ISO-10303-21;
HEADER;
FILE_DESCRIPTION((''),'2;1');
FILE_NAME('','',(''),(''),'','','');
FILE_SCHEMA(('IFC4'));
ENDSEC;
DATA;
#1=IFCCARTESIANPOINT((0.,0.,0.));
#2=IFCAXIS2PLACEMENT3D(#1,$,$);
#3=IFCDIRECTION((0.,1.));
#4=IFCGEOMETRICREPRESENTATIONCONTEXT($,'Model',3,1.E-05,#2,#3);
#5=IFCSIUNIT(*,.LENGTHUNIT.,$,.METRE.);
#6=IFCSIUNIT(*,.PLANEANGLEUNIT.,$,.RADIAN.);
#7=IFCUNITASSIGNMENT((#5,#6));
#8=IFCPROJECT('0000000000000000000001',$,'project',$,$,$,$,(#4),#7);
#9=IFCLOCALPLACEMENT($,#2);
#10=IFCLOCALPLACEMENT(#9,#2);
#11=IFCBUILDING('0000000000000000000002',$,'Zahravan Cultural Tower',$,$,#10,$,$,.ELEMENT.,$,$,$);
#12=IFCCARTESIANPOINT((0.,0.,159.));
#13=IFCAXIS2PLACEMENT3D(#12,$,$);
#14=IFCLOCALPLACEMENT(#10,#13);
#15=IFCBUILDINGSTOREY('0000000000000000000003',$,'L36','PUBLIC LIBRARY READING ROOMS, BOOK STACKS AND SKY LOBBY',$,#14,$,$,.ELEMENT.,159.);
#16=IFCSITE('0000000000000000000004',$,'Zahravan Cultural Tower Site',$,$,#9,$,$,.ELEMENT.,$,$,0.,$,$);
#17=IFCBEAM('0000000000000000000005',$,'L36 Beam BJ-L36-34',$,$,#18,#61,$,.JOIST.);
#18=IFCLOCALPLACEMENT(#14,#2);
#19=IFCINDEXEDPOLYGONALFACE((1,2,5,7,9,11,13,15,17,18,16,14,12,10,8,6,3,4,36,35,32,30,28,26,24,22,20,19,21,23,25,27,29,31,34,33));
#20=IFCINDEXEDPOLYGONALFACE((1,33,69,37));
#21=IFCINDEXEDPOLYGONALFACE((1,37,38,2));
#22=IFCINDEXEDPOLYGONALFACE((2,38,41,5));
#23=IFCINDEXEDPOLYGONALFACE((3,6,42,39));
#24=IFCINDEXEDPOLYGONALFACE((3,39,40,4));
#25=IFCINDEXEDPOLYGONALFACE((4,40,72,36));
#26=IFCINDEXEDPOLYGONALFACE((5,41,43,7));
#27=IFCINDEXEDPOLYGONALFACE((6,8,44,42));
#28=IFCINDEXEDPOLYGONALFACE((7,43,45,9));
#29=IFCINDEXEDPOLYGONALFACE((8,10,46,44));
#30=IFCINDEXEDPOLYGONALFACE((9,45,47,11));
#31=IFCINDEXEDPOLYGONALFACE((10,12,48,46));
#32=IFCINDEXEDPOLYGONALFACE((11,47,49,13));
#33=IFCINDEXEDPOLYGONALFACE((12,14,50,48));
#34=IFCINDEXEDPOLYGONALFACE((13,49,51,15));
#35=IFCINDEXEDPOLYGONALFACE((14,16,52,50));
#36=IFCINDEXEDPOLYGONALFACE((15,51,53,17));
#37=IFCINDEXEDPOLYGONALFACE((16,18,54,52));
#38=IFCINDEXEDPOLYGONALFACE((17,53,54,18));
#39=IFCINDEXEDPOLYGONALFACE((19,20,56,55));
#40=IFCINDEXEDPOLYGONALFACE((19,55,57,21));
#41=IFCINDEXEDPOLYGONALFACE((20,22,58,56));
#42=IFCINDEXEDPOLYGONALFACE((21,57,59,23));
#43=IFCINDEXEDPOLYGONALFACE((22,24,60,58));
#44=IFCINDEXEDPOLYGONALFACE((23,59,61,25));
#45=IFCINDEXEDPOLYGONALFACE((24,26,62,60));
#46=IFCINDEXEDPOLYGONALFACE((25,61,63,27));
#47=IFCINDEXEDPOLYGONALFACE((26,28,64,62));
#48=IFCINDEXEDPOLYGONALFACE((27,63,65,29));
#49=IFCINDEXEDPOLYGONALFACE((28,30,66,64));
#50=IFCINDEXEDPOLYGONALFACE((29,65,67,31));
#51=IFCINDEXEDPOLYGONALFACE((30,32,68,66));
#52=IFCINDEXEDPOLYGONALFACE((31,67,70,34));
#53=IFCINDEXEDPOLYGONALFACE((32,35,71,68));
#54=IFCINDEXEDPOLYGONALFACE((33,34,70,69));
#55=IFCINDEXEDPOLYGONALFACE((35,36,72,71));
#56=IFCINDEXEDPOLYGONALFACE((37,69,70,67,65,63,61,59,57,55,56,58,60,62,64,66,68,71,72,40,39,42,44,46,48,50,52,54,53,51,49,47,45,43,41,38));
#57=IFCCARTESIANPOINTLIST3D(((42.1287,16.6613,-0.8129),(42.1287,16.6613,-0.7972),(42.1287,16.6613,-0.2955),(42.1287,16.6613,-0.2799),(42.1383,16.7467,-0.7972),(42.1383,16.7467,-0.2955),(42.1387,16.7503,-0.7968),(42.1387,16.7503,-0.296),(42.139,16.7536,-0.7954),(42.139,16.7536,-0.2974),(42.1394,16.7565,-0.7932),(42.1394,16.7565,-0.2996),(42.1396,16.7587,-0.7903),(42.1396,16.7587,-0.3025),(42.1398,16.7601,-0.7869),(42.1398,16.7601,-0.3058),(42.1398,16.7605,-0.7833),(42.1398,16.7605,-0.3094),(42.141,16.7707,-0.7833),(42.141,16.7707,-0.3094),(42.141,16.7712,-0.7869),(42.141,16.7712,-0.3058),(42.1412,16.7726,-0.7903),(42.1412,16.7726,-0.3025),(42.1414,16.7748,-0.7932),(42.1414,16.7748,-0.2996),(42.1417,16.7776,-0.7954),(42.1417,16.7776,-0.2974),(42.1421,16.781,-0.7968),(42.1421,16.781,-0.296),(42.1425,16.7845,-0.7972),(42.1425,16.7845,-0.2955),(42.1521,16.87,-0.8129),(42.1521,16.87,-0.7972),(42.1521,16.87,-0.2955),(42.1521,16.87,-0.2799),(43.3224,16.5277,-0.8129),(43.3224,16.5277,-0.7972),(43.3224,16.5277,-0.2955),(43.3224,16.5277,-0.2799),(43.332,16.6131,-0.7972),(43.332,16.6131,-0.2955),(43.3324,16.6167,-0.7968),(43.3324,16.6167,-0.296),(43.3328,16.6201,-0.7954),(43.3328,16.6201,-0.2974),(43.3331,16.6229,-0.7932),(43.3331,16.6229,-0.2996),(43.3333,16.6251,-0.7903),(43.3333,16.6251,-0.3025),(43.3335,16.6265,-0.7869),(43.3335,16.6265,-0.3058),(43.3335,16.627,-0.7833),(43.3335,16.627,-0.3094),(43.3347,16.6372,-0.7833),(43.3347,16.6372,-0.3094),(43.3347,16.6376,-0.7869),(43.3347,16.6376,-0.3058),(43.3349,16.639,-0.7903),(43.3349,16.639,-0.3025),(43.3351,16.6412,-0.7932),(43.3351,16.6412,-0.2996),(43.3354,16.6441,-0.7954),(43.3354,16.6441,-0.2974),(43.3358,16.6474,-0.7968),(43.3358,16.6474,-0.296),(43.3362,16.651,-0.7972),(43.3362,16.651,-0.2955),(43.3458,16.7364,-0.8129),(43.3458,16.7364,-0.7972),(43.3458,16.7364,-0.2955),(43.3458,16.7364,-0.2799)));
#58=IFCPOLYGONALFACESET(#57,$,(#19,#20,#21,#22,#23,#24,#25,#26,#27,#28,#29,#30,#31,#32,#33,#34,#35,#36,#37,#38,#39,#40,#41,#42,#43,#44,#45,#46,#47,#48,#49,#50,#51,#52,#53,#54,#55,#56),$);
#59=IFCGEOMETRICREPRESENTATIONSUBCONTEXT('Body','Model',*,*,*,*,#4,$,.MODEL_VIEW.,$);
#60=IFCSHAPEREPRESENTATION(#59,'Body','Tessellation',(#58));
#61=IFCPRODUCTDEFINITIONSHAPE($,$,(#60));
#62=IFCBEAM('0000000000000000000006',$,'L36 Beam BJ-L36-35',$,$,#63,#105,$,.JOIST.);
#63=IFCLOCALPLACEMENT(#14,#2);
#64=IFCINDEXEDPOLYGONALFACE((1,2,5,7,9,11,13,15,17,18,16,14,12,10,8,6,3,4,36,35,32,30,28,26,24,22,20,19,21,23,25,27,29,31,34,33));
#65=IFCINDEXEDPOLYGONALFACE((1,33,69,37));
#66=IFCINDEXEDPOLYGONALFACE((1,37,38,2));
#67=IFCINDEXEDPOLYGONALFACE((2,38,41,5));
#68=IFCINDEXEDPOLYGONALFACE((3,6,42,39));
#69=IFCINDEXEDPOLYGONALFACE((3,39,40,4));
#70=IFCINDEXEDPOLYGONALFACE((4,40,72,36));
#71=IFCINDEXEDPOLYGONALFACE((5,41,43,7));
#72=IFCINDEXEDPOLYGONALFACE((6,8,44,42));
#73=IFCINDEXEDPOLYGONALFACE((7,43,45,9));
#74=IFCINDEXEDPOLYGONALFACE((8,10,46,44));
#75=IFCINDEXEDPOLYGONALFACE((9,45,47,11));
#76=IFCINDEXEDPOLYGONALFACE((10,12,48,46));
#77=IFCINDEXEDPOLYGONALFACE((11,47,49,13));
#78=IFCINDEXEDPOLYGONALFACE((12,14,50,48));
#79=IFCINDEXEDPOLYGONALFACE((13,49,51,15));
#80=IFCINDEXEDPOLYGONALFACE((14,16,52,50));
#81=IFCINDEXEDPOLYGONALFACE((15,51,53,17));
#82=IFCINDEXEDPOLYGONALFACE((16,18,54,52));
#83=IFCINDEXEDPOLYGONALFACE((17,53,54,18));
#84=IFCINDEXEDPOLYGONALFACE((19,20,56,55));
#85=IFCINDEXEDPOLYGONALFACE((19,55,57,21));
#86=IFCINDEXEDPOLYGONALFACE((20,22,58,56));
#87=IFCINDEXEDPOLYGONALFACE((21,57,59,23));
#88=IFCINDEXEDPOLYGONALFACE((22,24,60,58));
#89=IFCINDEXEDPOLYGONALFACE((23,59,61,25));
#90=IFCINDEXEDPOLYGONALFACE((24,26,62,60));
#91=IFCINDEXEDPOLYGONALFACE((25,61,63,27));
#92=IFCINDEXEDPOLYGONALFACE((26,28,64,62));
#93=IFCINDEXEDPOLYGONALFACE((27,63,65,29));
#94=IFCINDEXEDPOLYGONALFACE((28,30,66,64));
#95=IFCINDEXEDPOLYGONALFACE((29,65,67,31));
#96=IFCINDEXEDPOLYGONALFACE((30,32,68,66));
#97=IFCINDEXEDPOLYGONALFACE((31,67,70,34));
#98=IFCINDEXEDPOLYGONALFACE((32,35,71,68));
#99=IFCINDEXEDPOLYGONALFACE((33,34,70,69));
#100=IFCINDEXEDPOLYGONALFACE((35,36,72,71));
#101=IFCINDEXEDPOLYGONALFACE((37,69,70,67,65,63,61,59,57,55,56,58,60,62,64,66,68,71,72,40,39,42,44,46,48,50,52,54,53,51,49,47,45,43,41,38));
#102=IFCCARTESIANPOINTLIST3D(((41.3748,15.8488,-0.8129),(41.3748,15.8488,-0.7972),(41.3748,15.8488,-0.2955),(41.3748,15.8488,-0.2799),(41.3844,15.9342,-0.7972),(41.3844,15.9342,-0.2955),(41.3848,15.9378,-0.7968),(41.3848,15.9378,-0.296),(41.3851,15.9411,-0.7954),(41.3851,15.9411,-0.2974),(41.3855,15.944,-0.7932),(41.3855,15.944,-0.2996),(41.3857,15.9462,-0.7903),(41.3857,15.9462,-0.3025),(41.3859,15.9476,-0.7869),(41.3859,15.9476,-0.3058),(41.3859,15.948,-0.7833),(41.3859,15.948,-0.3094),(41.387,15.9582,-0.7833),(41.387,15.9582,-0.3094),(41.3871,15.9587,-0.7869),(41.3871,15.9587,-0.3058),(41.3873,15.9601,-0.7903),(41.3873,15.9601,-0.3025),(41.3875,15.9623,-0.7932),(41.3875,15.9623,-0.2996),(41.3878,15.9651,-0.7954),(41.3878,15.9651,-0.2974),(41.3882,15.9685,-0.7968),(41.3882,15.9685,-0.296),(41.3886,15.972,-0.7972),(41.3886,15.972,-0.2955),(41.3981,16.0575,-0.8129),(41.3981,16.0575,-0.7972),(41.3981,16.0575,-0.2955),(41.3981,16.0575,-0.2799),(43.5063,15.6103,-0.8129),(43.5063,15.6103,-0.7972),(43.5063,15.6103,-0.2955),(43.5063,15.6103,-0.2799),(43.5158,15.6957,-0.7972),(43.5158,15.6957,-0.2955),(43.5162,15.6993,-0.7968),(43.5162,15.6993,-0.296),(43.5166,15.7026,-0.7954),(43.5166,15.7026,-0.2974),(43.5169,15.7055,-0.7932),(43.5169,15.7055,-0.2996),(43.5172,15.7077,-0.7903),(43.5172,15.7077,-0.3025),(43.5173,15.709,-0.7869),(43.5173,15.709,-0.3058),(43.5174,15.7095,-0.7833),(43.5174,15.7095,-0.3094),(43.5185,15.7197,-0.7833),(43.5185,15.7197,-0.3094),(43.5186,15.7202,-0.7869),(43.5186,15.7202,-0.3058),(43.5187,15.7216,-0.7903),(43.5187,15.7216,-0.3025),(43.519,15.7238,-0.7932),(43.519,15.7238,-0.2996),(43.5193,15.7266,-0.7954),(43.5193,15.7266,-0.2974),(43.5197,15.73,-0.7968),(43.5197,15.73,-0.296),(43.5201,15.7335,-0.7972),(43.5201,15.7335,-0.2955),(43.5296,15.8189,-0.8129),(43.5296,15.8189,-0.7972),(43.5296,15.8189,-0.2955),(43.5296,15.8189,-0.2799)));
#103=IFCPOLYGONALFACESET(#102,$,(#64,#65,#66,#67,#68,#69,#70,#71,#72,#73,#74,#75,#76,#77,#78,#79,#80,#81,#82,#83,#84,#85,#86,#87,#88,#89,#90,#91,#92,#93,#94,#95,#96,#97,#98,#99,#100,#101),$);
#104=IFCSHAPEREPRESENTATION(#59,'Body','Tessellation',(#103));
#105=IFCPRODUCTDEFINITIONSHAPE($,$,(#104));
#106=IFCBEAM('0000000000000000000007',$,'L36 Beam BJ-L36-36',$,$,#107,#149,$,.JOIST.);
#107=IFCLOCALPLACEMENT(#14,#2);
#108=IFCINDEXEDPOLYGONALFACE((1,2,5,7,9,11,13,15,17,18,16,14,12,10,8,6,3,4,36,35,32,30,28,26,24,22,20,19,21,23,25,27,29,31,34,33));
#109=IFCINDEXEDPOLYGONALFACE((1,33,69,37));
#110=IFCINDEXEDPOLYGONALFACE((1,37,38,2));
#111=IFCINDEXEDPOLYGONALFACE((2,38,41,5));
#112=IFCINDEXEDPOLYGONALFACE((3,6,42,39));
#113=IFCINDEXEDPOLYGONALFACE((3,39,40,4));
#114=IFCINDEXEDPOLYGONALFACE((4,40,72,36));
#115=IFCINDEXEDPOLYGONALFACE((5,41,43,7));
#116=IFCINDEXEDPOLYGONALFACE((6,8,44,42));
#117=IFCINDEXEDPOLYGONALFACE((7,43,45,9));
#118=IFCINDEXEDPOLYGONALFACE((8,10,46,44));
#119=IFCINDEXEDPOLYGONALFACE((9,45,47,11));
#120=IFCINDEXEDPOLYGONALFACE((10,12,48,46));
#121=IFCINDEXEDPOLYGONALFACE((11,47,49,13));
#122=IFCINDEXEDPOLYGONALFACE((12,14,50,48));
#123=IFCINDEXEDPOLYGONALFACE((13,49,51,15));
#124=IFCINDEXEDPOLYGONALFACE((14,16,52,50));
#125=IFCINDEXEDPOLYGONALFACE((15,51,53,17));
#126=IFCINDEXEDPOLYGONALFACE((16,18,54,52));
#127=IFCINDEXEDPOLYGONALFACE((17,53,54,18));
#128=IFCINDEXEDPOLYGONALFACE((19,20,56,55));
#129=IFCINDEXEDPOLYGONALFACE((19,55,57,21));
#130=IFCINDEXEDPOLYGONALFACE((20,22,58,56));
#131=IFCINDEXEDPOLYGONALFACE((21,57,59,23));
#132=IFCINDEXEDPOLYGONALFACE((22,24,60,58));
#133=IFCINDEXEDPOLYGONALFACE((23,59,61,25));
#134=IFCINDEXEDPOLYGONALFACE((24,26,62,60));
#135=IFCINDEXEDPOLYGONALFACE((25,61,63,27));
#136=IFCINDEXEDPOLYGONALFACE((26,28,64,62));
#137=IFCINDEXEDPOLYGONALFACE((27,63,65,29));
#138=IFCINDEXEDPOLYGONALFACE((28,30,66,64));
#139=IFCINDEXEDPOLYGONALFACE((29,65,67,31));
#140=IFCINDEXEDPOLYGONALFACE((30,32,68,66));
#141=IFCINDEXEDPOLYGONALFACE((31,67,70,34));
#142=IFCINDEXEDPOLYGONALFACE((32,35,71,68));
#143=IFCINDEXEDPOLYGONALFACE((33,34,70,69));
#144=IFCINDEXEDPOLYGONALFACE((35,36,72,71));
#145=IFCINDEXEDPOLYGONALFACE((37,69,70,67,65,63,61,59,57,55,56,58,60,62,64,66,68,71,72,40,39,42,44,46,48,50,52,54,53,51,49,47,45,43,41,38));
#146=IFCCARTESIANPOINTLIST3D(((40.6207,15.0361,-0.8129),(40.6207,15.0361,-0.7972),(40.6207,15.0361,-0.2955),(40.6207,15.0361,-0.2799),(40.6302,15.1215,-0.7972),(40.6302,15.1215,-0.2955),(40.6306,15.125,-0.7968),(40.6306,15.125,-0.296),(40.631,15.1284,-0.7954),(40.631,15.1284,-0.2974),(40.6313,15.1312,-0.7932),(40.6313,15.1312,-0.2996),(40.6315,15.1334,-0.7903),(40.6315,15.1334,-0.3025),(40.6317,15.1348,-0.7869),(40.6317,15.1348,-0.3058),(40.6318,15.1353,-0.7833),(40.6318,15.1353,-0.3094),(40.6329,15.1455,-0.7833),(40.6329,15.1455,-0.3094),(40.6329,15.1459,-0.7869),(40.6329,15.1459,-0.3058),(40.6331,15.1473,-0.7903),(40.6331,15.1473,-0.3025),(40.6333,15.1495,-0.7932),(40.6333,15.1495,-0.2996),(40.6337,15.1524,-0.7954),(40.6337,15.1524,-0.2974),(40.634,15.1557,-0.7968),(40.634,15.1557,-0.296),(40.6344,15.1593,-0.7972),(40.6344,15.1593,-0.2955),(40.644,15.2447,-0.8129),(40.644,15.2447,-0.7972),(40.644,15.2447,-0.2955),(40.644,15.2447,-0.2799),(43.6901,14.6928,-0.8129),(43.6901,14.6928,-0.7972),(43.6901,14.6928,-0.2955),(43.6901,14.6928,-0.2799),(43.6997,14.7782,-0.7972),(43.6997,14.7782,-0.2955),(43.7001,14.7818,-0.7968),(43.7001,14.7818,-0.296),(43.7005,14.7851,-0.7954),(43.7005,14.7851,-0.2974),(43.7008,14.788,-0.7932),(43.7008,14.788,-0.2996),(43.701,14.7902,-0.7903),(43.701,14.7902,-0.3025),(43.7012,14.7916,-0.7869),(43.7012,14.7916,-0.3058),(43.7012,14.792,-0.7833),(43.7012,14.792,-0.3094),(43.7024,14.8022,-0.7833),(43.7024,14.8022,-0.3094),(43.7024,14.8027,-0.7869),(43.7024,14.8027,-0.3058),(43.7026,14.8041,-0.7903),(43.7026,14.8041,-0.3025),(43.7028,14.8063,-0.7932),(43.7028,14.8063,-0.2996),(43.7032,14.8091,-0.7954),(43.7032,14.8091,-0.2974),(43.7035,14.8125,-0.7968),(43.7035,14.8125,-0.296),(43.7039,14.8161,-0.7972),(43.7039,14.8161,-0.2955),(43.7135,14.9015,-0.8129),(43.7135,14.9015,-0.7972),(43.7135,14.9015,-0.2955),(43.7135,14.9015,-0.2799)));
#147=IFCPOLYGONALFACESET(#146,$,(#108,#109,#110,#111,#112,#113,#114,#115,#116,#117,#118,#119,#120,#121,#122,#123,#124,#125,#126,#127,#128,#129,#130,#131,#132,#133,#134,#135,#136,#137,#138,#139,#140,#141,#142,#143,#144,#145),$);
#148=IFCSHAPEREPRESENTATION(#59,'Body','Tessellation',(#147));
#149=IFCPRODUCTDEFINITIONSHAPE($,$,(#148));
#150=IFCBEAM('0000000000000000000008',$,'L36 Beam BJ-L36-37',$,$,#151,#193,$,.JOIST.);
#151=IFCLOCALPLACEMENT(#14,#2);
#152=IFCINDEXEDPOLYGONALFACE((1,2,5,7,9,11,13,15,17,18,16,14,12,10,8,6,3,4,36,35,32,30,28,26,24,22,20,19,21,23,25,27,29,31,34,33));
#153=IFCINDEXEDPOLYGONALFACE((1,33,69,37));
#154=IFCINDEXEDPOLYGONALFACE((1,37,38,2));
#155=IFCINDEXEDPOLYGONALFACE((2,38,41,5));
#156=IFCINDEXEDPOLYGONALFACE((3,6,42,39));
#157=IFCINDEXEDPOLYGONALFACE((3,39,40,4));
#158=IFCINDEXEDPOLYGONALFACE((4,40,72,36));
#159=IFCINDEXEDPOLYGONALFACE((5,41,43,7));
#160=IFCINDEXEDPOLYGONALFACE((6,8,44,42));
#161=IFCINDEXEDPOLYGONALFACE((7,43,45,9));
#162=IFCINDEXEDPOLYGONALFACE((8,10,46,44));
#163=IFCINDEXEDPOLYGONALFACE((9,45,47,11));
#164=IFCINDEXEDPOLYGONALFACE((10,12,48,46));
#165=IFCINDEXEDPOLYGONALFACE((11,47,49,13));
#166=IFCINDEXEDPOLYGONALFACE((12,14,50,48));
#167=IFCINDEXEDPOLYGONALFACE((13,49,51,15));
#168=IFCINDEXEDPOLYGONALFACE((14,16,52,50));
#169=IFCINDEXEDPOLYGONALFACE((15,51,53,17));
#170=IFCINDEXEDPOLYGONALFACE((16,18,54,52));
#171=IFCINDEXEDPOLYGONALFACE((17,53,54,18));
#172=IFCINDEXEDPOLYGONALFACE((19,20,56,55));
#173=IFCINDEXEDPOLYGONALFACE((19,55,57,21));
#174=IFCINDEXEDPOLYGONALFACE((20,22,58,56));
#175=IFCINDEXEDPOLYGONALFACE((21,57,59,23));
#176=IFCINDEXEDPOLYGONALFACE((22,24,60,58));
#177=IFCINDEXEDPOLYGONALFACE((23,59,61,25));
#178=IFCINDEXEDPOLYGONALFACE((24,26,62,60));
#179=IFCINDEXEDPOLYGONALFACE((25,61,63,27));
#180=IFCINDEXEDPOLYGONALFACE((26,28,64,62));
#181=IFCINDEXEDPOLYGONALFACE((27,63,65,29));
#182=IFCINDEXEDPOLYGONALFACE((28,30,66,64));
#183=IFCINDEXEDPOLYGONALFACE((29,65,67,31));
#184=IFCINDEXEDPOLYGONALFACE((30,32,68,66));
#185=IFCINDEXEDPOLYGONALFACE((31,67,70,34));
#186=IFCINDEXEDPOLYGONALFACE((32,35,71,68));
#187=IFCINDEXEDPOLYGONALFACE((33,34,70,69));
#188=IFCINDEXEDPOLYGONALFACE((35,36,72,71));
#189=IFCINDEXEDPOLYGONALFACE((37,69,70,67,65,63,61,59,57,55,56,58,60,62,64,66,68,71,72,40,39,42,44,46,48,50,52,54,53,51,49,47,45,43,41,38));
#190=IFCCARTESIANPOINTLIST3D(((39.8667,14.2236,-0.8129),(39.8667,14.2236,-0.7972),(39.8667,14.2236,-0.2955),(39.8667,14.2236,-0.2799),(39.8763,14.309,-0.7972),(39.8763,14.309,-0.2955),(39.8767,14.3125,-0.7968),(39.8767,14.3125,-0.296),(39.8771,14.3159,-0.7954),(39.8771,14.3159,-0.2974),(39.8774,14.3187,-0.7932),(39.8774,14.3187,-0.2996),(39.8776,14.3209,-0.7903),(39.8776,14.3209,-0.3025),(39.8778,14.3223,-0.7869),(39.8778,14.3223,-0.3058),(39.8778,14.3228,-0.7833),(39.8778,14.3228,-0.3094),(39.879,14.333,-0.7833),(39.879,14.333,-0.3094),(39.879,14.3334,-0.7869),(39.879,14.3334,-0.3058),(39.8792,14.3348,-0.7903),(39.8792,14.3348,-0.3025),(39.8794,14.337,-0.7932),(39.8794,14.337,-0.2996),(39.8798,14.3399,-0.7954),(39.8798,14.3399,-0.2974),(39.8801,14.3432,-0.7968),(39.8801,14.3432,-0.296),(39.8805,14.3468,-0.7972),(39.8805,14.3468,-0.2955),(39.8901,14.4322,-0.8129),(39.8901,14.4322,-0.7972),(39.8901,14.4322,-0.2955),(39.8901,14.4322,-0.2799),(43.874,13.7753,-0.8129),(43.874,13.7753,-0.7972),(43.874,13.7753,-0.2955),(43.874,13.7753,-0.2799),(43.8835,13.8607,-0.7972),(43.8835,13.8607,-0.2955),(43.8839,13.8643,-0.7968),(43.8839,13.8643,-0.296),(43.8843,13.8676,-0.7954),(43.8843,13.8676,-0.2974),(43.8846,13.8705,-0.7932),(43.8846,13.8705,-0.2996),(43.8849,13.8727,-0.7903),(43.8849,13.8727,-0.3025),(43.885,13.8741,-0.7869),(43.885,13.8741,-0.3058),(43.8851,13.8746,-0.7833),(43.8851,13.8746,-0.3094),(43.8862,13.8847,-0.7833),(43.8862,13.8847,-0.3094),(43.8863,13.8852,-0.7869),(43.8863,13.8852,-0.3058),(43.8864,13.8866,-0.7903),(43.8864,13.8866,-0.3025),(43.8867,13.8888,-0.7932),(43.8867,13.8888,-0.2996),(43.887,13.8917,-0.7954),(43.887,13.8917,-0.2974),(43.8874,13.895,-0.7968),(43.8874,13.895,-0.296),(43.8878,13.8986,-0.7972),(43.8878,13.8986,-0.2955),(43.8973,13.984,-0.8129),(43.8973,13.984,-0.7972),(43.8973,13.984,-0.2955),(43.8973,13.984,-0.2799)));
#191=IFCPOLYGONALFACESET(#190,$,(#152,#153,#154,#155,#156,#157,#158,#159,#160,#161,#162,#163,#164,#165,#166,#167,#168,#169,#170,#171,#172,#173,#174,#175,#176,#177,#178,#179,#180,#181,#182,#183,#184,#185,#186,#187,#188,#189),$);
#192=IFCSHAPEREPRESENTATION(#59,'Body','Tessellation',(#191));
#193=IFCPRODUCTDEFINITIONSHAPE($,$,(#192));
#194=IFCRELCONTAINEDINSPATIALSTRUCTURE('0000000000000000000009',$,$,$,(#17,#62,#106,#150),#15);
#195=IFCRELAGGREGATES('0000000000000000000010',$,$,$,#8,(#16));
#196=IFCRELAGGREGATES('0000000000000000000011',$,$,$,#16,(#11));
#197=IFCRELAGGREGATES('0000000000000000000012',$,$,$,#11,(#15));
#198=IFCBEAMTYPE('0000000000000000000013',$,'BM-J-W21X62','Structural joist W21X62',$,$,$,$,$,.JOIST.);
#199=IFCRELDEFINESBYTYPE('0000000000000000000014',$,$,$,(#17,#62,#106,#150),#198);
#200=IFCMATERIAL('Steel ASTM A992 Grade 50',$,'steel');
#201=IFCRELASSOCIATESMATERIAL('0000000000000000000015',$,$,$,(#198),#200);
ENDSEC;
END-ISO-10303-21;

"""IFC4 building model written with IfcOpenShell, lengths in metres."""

from ifc_helpers import new_model, si_unit, direction, frame, origin, origin_2d, place, context, subcontext, project, spatial, i_section, extrude, source, transform, mapped, material, material_profile, profile_set, type_object, element, save


model = new_model("IFC4")

# Units and contexts
model_context = context("Model", 3, precision=1e-05, world=origin(), true_north=direction((0.0, 1.0)))
body_context = subcontext(model_context, "Body", "Model", "MODEL_VIEW")
ifc_project = project(units=[si_unit("LENGTHUNIT", "METRE"), si_unit("PLANEANGLEUNIT", "RADIAN")], contexts=[model_context])

# Site, building, storey
site_placement = place(None, origin())
site = spatial("IfcSite", under=ifc_project, at=site_placement, Name="Zahravan Cultural Tower Site", CompositionType="ELEMENT", RefElevation=0.0)
building_placement = place(site_placement, origin())
building = spatial("IfcBuilding", under=site, at=building_placement, Name="Zahravan Cultural Tower", CompositionType="ELEMENT")
storey_placement = place(building_placement, frame((0.0, 0.0, 159.0)))
storey = spatial("IfcBuildingStorey", under=building, at=storey_placement, Name="L36", Description="PUBLIC LIBRARY READING ROOMS, BOOK STACKS AND SKY LOBBY", CompositionType="ELEMENT", Elevation=159.0)

# Beams
ifc_material_1 = material(Name="Steel ASTM A992 Grade 50", Category="steel")
ifc_material_profile_1 = material_profile(ifc_material_1, i_section(OverallWidth=0.21, OverallDepth=0.533, WebThickness=0.0103, FlangeThickness=0.0156, FilletRadius=0.0139, at=origin_2d()), Name="W21X62")
ifc_profile_set_1 = profile_set([ifc_material_profile_1], Name="Steel ASTM A992 Grade 50")
beam_type_1 = type_object("IfcBeamType", Name="BM-J-W21X62", Description="Structural joist W21X62", PredefinedType="JOIST", material=ifc_profile_set_1)
shared_shape_1 = source(origin(), body_context, "Body", "SweptSolid", [
    extrude(i_section(OverallWidth=0.21, OverallDepth=0.533, WebThickness=0.0103, FlangeThickness=0.0156, FilletRadius=0.0139, at=origin_2d()), origin(), (0.0, 0.0, 1.0), 1.2012),
])
beam_1_placement = place(storey_placement, frame((42.1404, 16.7656, -0.5464), z_axis=(0.993799, -0.11119, 0.0), x_axis=(0.11119, 0.993799, 0.0)))
element("IfcBeam", 1, at=beam_1_placement, inside=storey, type_object=beam_type_1, Name="L36 Beam BJ-L36-34", PredefinedType="JOIST", context=body_context, shape_type="MappedRepresentation", body=[
    mapped(shared_shape_1, transform((0.0, 0.0, 0.0), x_axis=(1.0, 0.0, 0.0), y_axis=(0.0, 1.0, 0.0), z_axis=(0.0, 0.0, 1.0), scale=1.0)),
])
shared_shape_2 = source(origin(), body_context, "Body", "SweptSolid", [
    extrude(i_section(OverallWidth=0.21, OverallDepth=0.533, WebThickness=0.0103, FlangeThickness=0.0156, FilletRadius=0.0139, at=origin_2d()), origin(), (0.0, 0.0, 1.0), 2.1448),
])
beam_2_placement = place(storey_placement, frame((41.3865, 15.9531, -0.5464), z_axis=(0.993797, -0.111206, 0.0), x_axis=(0.111206, 0.993797, 0.0)))
element("IfcBeam", 2, at=beam_2_placement, inside=storey, type_object=beam_type_1, Name="L36 Beam BJ-L36-35", PredefinedType="JOIST", context=body_context, shape_type="MappedRepresentation", body=[
    mapped(shared_shape_2, transform((0.0, 0.0, 0.0), x_axis=(1.0, 0.0, 0.0), y_axis=(0.0, 1.0, 0.0), z_axis=(0.0, 0.0, 1.0), scale=1.0)),
])
shared_shape_3 = source(origin(), body_context, "Body", "SweptSolid", [
    extrude(i_section(OverallWidth=0.21, OverallDepth=0.533, WebThickness=0.0103, FlangeThickness=0.0156, FilletRadius=0.0139, at=origin_2d()), origin(), (0.0, 0.0, 1.0), 3.0886),
])
beam_3_placement = place(storey_placement, frame((40.6323, 15.1404, -0.5464), z_axis=(0.993805, -0.111134, 0.0), x_axis=(0.111134, 0.993805, 0.0)))
element("IfcBeam", 3, at=beam_3_placement, inside=storey, type_object=beam_type_1, Name="L36 Beam BJ-L36-36", PredefinedType="JOIST", context=body_context, shape_type="MappedRepresentation", body=[
    mapped(shared_shape_3, transform((0.0, 0.0, 0.0), x_axis=(1.0, 0.0, 0.0), y_axis=(0.0, 1.0, 0.0), z_axis=(0.0, 0.0, 1.0), scale=1.0)),
])
shared_shape_4 = source(origin(), body_context, "Body", "SweptSolid", [
    extrude(i_section(OverallWidth=0.21, OverallDepth=0.533, WebThickness=0.0103, FlangeThickness=0.0156, FilletRadius=0.0139, at=origin_2d()), origin(), (0.0, 0.0, 1.0), 4.0322),
])
beam_4_placement = place(storey_placement, frame((39.8784, 14.3279, -0.5464), z_axis=(0.993802, -0.111162, 0.0), x_axis=(0.111162, 0.993802, 0.0)))
element("IfcBeam", 4, at=beam_4_placement, inside=storey, type_object=beam_type_1, Name="L36 Beam BJ-L36-37", PredefinedType="JOIST", context=body_context, shape_type="MappedRepresentation", body=[
    mapped(shared_shape_4, transform((0.0, 0.0, 0.0), x_axis=(1.0, 0.0, 0.0), y_axis=(0.0, 1.0, 0.0), z_axis=(0.0, 0.0, 1.0), scale=1.0)),
])

save(model, "model.ifc")
